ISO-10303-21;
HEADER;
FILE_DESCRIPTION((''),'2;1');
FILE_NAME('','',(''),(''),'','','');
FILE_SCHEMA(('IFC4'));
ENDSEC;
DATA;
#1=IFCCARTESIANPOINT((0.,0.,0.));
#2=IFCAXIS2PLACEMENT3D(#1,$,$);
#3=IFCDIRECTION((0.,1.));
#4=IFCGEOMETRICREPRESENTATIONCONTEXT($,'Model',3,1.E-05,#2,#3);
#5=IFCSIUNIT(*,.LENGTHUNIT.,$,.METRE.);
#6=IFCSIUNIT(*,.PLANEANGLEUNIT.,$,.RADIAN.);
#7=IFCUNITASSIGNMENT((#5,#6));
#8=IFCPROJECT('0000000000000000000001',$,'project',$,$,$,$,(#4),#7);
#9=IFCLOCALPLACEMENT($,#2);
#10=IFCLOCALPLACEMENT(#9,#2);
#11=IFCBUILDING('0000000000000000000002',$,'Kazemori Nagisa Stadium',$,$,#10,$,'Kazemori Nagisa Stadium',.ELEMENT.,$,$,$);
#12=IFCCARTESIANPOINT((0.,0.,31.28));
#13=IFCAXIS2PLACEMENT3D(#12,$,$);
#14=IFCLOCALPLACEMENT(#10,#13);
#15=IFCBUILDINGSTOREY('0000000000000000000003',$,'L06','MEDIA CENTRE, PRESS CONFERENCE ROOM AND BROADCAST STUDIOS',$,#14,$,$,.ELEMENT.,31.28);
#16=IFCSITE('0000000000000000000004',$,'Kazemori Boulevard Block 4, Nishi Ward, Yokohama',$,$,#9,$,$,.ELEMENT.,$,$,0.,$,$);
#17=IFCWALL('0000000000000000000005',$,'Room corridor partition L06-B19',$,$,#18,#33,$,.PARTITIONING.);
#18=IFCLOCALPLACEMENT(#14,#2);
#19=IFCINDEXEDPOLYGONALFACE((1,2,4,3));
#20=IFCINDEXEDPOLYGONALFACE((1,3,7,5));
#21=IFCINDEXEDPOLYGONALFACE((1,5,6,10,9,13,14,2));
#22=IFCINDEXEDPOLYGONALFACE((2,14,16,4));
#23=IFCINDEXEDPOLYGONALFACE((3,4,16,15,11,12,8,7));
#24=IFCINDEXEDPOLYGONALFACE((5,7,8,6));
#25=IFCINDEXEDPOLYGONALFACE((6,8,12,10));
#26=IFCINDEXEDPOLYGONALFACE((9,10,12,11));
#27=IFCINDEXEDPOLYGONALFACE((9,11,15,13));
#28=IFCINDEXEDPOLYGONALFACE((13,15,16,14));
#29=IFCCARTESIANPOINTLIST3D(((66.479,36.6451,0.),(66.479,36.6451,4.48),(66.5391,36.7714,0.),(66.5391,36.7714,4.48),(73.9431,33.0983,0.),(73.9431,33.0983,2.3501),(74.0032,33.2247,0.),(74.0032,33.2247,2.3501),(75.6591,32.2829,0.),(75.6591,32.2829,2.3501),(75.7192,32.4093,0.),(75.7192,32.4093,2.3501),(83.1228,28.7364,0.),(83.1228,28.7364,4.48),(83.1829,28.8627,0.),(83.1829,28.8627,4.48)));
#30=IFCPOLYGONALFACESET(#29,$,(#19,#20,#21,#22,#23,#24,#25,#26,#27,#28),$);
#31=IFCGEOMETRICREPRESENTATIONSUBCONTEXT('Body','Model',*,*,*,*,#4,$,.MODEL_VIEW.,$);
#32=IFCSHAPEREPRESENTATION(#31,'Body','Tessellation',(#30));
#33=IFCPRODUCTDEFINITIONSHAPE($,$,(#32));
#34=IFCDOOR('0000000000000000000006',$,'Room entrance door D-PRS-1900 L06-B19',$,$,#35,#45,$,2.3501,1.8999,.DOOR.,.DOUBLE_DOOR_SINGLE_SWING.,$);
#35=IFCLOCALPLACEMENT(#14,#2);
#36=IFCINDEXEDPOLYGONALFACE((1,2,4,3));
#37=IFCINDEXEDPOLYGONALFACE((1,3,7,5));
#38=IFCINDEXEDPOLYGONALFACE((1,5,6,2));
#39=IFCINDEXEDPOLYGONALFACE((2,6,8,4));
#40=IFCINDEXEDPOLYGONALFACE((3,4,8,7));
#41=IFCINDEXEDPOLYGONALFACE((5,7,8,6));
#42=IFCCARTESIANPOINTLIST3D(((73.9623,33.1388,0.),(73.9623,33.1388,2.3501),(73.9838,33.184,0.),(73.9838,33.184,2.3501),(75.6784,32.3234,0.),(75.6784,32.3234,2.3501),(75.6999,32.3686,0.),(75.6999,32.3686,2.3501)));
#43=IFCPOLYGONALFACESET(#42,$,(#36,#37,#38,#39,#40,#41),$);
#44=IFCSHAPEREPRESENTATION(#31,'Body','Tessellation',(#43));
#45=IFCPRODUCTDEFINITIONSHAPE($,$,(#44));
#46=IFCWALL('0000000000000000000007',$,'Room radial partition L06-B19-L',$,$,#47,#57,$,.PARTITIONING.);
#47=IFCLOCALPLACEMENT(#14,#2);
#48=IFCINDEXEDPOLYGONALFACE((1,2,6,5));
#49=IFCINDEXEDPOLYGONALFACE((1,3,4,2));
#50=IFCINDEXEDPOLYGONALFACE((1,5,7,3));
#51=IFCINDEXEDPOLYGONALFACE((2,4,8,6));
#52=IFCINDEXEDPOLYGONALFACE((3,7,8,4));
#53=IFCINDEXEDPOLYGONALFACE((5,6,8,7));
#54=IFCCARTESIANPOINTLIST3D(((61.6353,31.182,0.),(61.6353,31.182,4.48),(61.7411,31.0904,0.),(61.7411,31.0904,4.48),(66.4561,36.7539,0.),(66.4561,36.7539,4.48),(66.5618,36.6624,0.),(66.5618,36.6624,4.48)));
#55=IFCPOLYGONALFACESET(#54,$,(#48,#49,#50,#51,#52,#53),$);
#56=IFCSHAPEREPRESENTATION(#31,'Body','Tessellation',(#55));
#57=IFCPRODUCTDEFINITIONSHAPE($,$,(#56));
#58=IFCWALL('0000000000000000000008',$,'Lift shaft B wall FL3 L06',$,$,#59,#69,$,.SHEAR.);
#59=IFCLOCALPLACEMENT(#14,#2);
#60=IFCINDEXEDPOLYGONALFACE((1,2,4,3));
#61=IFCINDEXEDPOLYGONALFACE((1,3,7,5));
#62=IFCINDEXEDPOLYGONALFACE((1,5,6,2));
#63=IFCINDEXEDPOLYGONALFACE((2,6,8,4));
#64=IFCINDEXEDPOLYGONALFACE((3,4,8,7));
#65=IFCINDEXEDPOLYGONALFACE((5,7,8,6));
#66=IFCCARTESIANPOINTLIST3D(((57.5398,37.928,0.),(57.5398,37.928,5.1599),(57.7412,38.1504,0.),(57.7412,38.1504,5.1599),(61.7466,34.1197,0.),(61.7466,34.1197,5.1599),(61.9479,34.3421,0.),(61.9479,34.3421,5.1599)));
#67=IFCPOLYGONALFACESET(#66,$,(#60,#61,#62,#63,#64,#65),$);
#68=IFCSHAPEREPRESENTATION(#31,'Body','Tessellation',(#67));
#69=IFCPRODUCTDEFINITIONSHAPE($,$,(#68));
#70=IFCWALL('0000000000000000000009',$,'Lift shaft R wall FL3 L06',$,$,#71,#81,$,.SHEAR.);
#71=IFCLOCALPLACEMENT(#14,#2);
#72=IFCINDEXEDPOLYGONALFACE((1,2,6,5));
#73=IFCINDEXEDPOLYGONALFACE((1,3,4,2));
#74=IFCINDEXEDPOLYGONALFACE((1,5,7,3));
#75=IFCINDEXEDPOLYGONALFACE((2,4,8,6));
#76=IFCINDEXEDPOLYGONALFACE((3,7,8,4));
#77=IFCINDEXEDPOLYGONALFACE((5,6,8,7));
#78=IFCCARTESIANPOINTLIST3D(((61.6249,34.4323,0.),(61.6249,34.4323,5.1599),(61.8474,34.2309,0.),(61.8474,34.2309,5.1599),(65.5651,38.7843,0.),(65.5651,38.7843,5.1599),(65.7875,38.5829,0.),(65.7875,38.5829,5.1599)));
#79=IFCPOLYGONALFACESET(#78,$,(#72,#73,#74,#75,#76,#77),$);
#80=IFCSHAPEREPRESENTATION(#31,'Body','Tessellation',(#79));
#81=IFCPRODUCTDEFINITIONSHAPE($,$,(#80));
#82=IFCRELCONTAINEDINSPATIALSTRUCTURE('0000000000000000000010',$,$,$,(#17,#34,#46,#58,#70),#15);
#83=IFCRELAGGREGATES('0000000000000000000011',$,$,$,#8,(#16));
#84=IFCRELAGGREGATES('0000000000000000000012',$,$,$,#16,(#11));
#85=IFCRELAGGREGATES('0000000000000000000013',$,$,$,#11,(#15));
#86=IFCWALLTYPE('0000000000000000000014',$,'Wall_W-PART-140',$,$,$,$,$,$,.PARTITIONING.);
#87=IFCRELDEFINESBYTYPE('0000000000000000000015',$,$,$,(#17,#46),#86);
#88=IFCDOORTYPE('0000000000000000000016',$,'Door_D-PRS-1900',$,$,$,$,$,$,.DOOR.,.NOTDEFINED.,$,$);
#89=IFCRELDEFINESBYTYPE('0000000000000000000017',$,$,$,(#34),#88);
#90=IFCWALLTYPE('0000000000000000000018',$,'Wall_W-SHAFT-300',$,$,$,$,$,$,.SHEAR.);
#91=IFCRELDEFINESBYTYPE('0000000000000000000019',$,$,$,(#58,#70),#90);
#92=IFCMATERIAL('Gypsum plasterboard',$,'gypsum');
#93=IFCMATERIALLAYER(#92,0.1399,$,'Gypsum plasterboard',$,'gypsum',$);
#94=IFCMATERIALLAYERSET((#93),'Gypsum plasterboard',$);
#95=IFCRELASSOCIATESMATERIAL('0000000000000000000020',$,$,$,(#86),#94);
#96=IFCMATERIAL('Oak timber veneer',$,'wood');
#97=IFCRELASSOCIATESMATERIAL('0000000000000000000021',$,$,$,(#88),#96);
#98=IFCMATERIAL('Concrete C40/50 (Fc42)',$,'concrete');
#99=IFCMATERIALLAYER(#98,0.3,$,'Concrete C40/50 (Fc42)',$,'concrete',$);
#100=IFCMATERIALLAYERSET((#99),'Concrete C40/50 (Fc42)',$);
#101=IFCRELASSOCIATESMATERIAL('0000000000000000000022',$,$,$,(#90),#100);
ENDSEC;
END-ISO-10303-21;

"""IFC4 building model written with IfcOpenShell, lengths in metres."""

from ifc_helpers import new_model, si_unit, direction, frame, frame_2d, origin, place, context, subcontext, project, spatial, rectangle, extrude, material, layer, layer_set, type_object, element, fill, save


model = new_model("IFC4")

# Units and contexts
model_context = context("Model", 3, precision=1e-05, world=origin(), true_north=direction((0.0, 1.0)))
body_context = subcontext(model_context, "Body", "Model", "MODEL_VIEW")
ifc_project = project(units=[si_unit("LENGTHUNIT", "METRE"), si_unit("PLANEANGLEUNIT", "RADIAN")], contexts=[model_context])

# Site, building, storey
site_placement = place(None, origin())
site = spatial("IfcSite", under=ifc_project, at=site_placement, Name="Kazemori Boulevard Block 4, Nishi Ward, Yokohama", CompositionType="ELEMENT", RefElevation=0.0)
building_placement = place(site_placement, origin())
building = spatial("IfcBuilding", under=site, at=building_placement, Name="Kazemori Nagisa Stadium", LongName="Kazemori Nagisa Stadium", CompositionType="ELEMENT")
storey_placement = place(building_placement, frame((0.0, 0.0, 31.28)))
storey = spatial("IfcBuildingStorey", under=building, at=storey_placement, Name="L06", Description="MEDIA CENTRE, PRESS CONFERENCE ROOM AND BROADCAST STUDIOS", CompositionType="ELEMENT", Elevation=31.28)

# Wall, opening, door
ifc_material_1 = material(Name="Gypsum plasterboard", Category="gypsum")
ifc_layer_1 = layer(ifc_material_1, 0.1399, Name="Gypsum plasterboard", Category="gypsum")
ifc_layer_set_1 = layer_set([ifc_layer_1], Name="Gypsum plasterboard")
wall_type_1 = type_object("IfcWallType", Name="Wall_W-PART-140", PredefinedType="PARTITIONING", material=ifc_layer_set_1)
wall_1_placement = place(storey_placement, frame((66.509, 36.7083, 0.0), z_axis=(0.0, 0.0, 1.0), x_axis=(0.903217, -0.429185, 0.0)))
wall_1 = element("IfcWall", 1, at=wall_1_placement, inside=storey, type_object=wall_type_1, Name="Room corridor partition L06-B19", PredefinedType="PARTITIONING", context=body_context, shape_type="SweptSolid", body=[
    extrude(rectangle(XDim=18.4272, YDim=0.1399, at=frame_2d((9.2136, 0.0))), origin(), (0.0, 0.0, 1.0), 4.48),
])
opening_placement = place(wall_1_placement, frame((8.2639, 0.0, 0.0)))
opening = element("IfcOpeningElement", 2, at=opening_placement, cuts=wall_1, PredefinedType="OPENING", context=body_context, shape_type="SweptSolid", body=[
    extrude(rectangle(XDim=1.8999, YDim=2.3501, at=frame_2d((0.95, 1.175))), frame((0.0, 0.0798, 0.0), z_axis=(0.0, -1.0, 0.0), x_axis=(1.0, 0.0, 0.0)), (0.0, 0.0, 1.0), 0.1599),
])
ifc_material_2 = material(Name="Oak timber veneer", Category="wood")
door_type = type_object("IfcDoorType", Name="Door_D-PRS-1900", OperationType="NOTDEFINED", PredefinedType="DOOR", material=ifc_material_2)
door_placement = place(opening_placement, origin())
door = element("IfcDoor", 3, at=door_placement, inside=storey, type_object=door_type, Name="Room entrance door D-PRS-1900 L06-B19", OperationType="DOUBLE_DOOR_SINGLE_SWING", OverallHeight=2.3501, OverallWidth=1.8999, PredefinedType="DOOR", context=body_context, shape_type="SweptSolid", body=[
    extrude(rectangle(XDim=1.8999, YDim=2.3501, at=frame_2d((0.95, 1.175))), frame((0.0, 0.0249, 0.0), z_axis=(0.0, -1.0, 0.0), x_axis=(1.0, 0.0, 0.0)), (0.0, 0.0, 1.0), 0.05),
])
fill(opening, door)

# Walls
wall_2_placement = place(storey_placement, frame((66.509, 36.7083, 0.0), z_axis=(0.0, 0.0, 1.0), x_axis=(-0.654288, -0.756245, 0.0)))
element("IfcWall", 4, at=wall_2_placement, inside=storey, type_object=wall_type_1, Name="Room radial partition L06-B19-L", PredefinedType="PARTITIONING", context=body_context, shape_type="SweptSolid", body=[
    extrude(rectangle(XDim=7.3679, YDim=0.1399, at=frame_2d((3.6841, 0.0))), origin(), (0.0, 0.0, 1.0), 4.48),
])
ifc_material_3 = material(Name="Concrete C40/50 (Fc42)", Category="concrete")
ifc_layer_2 = layer(ifc_material_3, 0.3, Name="Concrete C40/50 (Fc42)", Category="concrete")
ifc_layer_set_2 = layer_set([ifc_layer_2], Name="Concrete C40/50 (Fc42)")
wall_type_2 = type_object("IfcWallType", Name="Wall_W-SHAFT-300", PredefinedType="SHEAR", material=ifc_layer_set_2)
wall_3_placement = place(storey_placement, frame((57.6404, 38.0393, 0.0), z_axis=(0.0, 0.0, 1.0), x_axis=(0.741342, -0.671127, 0.0)))
element("IfcWall", 5, at=wall_3_placement, inside=storey, type_object=wall_type_2, Name="Lift shaft B wall FL3 L06", PredefinedType="SHEAR", context=body_context, shape_type="SweptSolid", body=[
    extrude(rectangle(XDim=5.6746, YDim=0.3, at=frame_2d((2.8374, 0.0))), origin(), (0.0, 0.0, 1.0), 5.1599),
])
wall_4_placement = place(storey_placement, frame((65.6763, 38.6836, 0.0), z_axis=(0.0, 0.0, 1.0), x_axis=(-0.671158, -0.741314, 0.0)))
element("IfcWall", 6, at=wall_4_placement, inside=storey, type_object=wall_type_2, Name="Lift shaft R wall FL3 L06", PredefinedType="SHEAR", context=body_context, shape_type="SweptSolid", body=[
    extrude(rectangle(XDim=5.8706, YDim=0.3, at=frame_2d((2.9353, 0.0))), origin(), (0.0, 0.0, 1.0), 5.1599),
])

save(model, "model.ifc")
